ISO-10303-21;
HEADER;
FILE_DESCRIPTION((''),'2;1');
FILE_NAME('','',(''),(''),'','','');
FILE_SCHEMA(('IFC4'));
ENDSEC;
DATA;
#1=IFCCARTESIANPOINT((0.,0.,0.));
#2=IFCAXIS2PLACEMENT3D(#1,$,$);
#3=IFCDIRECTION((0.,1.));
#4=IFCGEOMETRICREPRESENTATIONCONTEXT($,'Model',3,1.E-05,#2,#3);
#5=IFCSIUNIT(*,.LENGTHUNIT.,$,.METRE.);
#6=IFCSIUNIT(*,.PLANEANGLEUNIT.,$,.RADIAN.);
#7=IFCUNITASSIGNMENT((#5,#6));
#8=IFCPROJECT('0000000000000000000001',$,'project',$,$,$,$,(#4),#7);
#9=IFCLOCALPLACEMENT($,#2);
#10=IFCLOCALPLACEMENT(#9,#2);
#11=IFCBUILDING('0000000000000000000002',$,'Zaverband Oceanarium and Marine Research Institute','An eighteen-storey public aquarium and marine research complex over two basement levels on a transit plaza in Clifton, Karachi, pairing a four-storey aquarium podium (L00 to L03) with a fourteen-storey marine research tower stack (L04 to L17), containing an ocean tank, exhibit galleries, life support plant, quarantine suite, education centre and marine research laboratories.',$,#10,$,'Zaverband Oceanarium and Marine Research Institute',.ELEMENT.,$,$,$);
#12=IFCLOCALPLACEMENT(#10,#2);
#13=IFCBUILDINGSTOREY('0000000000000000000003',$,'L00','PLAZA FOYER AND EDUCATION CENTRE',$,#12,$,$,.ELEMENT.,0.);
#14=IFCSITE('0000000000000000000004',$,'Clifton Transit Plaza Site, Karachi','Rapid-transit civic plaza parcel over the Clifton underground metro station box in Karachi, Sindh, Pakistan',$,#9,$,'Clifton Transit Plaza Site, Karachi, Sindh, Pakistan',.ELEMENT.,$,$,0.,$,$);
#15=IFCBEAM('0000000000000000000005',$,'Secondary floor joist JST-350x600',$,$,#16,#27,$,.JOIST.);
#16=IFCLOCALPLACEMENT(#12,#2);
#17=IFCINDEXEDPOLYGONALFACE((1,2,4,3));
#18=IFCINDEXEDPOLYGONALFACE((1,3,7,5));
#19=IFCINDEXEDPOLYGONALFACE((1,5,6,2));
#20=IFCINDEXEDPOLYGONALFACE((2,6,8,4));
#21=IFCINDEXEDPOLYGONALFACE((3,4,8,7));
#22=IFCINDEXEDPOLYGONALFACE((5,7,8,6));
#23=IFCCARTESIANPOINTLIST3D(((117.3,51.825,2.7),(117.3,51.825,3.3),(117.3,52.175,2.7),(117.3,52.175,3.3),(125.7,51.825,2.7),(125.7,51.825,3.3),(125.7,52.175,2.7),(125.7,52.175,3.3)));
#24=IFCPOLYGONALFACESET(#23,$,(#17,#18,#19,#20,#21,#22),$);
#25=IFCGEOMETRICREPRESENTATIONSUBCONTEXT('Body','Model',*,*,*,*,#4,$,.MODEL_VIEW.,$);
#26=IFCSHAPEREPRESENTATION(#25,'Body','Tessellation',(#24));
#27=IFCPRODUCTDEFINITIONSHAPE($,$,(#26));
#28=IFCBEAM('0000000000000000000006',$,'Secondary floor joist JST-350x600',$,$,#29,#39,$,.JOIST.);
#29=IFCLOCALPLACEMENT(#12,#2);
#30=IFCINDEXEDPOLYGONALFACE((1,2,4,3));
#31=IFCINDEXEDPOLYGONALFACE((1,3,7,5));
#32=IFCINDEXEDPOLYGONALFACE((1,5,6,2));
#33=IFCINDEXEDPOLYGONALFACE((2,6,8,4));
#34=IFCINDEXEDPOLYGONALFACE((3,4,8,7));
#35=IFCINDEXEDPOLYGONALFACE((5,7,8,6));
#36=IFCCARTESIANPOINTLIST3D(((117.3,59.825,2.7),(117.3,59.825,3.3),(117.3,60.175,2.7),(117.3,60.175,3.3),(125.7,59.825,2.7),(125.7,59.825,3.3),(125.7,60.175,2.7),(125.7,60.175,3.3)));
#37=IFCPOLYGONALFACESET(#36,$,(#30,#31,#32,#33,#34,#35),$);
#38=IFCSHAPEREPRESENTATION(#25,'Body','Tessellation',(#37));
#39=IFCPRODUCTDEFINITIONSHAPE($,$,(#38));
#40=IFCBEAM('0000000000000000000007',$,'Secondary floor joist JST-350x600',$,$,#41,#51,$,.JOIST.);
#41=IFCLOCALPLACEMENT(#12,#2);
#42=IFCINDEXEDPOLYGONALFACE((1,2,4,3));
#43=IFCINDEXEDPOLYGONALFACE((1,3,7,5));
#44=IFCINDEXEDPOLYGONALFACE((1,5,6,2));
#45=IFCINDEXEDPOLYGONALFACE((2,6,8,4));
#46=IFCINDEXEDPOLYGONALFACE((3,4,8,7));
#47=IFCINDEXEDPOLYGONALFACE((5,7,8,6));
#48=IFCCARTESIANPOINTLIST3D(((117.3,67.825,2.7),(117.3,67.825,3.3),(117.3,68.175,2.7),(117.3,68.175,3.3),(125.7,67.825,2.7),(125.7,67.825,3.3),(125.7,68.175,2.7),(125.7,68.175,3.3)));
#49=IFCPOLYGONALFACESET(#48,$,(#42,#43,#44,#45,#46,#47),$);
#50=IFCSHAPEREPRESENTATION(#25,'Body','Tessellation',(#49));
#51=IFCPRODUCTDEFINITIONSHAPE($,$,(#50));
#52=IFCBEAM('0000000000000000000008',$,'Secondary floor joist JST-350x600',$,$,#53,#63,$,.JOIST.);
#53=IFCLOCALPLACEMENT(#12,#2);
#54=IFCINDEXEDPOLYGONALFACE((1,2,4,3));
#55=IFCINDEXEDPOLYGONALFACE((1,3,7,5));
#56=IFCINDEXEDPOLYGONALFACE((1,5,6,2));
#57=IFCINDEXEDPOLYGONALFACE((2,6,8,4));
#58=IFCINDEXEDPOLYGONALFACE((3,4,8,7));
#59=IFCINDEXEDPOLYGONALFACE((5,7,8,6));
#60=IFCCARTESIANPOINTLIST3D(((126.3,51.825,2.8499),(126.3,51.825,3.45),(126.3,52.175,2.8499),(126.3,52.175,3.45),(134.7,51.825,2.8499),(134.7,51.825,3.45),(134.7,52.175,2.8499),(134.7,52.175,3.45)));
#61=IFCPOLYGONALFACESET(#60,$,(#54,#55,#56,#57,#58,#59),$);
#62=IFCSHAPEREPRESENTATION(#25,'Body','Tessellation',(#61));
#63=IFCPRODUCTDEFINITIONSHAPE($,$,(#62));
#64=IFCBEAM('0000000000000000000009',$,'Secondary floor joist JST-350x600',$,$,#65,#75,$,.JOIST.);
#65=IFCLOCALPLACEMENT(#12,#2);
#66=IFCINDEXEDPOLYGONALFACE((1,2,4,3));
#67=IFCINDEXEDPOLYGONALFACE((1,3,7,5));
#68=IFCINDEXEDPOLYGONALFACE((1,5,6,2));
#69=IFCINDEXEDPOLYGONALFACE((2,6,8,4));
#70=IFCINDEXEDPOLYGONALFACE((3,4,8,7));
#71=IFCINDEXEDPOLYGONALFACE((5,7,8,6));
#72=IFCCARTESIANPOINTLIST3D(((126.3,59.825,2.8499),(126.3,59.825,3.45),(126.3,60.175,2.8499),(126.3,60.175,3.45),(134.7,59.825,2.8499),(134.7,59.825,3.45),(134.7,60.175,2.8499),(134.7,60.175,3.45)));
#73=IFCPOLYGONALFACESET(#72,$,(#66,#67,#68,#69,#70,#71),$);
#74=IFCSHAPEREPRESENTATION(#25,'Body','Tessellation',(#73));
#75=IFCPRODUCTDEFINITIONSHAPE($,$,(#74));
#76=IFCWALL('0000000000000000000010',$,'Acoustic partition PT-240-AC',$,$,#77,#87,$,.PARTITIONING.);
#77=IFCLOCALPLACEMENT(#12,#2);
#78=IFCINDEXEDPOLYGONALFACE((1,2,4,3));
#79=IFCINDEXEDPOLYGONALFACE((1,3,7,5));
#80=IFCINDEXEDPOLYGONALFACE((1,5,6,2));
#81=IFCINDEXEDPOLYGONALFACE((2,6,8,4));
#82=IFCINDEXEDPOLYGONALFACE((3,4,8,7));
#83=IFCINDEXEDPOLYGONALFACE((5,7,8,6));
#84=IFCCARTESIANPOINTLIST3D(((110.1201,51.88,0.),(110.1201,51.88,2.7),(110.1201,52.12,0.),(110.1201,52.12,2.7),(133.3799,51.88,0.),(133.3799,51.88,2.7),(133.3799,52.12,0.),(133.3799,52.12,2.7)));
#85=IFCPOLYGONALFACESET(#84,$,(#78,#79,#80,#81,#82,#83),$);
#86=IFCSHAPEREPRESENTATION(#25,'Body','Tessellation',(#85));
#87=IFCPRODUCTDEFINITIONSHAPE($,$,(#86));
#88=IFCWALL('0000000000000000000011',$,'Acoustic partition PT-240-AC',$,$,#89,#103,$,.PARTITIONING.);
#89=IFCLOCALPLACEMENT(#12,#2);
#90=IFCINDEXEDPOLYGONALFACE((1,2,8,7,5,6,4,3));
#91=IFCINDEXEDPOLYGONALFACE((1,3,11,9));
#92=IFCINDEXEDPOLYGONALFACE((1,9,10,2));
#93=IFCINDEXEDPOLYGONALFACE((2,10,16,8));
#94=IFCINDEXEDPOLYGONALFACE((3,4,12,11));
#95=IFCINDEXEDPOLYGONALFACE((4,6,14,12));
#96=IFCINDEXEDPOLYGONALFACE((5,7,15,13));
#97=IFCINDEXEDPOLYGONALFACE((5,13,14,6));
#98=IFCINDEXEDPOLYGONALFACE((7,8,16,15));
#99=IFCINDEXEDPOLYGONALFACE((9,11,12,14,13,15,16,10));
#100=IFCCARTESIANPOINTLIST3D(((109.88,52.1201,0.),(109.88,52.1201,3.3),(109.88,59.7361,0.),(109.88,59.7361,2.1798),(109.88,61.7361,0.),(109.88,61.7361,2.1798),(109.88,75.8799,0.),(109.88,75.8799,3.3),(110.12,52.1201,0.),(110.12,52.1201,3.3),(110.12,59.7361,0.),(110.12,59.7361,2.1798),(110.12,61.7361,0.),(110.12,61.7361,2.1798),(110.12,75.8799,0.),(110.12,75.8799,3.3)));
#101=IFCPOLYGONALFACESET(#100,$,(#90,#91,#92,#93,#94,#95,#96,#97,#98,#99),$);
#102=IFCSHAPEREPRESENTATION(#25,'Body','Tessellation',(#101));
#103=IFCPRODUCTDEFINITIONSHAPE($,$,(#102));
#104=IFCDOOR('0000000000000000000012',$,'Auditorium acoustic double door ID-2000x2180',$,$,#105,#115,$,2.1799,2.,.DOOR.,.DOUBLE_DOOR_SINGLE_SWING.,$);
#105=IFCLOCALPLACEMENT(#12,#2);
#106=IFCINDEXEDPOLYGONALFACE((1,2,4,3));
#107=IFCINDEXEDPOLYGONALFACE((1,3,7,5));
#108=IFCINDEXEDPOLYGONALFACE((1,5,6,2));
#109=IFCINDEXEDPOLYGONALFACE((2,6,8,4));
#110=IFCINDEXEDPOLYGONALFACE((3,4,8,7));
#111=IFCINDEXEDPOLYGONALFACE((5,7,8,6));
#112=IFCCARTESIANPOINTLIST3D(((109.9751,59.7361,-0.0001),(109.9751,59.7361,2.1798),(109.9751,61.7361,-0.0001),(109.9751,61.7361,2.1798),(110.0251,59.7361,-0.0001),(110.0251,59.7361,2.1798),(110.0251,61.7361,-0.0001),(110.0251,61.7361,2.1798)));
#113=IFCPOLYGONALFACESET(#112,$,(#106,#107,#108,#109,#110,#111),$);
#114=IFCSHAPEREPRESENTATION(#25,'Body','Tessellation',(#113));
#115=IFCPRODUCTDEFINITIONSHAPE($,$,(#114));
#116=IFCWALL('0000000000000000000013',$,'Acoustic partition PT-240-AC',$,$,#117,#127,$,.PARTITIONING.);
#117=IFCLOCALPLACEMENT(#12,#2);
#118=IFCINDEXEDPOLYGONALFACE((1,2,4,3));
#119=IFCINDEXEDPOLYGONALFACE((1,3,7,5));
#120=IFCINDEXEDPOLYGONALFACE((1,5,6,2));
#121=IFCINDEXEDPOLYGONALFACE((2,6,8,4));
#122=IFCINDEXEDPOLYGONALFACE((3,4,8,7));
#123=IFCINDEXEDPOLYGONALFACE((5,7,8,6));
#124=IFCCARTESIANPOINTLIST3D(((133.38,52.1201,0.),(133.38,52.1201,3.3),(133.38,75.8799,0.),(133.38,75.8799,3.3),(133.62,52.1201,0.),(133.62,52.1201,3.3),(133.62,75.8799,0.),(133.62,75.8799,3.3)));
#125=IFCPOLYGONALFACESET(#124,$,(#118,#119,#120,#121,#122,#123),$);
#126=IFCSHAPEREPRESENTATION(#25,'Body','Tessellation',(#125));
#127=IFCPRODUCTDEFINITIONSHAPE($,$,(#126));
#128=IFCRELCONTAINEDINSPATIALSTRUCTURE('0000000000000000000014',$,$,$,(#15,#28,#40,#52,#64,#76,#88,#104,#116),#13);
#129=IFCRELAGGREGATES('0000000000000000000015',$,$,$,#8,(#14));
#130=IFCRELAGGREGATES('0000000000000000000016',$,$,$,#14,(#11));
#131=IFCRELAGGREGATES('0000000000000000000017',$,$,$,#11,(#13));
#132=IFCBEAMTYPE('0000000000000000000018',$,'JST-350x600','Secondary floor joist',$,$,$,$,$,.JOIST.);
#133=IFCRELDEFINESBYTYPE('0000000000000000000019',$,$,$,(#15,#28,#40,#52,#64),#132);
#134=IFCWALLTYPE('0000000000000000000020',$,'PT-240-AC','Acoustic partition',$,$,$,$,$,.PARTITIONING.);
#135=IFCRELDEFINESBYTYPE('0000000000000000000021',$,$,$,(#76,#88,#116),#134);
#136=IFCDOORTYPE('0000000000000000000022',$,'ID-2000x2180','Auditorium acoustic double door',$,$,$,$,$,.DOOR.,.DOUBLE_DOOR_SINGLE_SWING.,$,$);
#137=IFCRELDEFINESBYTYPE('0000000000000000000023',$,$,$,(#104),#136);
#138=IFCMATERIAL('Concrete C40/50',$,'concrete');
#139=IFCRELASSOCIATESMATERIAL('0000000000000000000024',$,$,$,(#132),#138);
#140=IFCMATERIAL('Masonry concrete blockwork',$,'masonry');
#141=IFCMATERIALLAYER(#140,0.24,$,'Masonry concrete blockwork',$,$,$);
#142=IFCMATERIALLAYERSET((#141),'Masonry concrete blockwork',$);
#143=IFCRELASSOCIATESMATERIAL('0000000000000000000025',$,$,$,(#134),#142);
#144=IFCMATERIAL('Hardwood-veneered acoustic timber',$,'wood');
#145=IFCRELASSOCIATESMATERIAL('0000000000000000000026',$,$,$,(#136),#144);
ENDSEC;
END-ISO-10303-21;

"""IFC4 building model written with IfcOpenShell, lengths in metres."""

from ifc_helpers import new_model, si_unit, direction, frame, frame_2d, origin, origin_2d, place, context, subcontext, project, spatial, rectangle, extrude, material, layer, layer_set, material_profile, profile_set, type_object, element, fill, save


model = new_model("IFC4")

# Units and contexts
model_context = context("Model", 3, precision=1e-05, world=origin(), true_north=direction((0.0, 1.0)))
body_context = subcontext(model_context, "Body", "Model", "MODEL_VIEW")
ifc_project = project(units=[si_unit("LENGTHUNIT", "METRE"), si_unit("PLANEANGLEUNIT", "RADIAN")], contexts=[model_context])

# Site, building, storey
site_placement = place(None, origin())
site = spatial("IfcSite", under=ifc_project, at=site_placement, Name="Clifton Transit Plaza Site, Karachi", Description="Rapid-transit civic plaza parcel over the Clifton underground metro station box in Karachi, Sindh, Pakistan", LongName="Clifton Transit Plaza Site, Karachi, Sindh, Pakistan", CompositionType="ELEMENT", RefElevation=0.0)
building_placement = place(site_placement, origin())
building = spatial("IfcBuilding", under=site, at=building_placement, Name="Zaverband Oceanarium and Marine Research Institute", Description="An eighteen-storey public aquarium and marine research complex over two basement levels on a transit plaza in Clifton, Karachi, pairing a four-storey aquarium podium (L00 to L03) with a fourteen-storey marine research tower stack (L04 to L17), containing an ocean tank, exhibit galleries, life support plant, quarantine suite, education centre and marine research laboratories.", LongName="Zaverband Oceanarium and Marine Research Institute", CompositionType="ELEMENT")
storey_placement = place(building_placement, origin())
storey = spatial("IfcBuildingStorey", under=building, at=storey_placement, Name="L00", Description="PLAZA FOYER AND EDUCATION CENTRE", CompositionType="ELEMENT", Elevation=0.0)

# Beams
ifc_material_1 = material(Name="Concrete C40/50", Category="concrete")
ifc_material_profile_1 = material_profile(ifc_material_1, rectangle(XDim=0.3501, YDim=0.6001, at=origin_2d()), Name="RC350x600")
ifc_profile_set_1 = profile_set([ifc_material_profile_1], Name="Concrete C40/50")
beam_type_1 = type_object("IfcBeamType", Name="JST-350x600", Description="Secondary floor joist", PredefinedType="JOIST", material=ifc_profile_set_1)
for number, where, z_axis, x_axis, name in (
    (1, (117.3, 52.0, 3.0), (1.0, 0.0, 0.0), (0.0, 1.0, 0.0), "Secondary floor joist JST-350x600"),
    (2, (117.3, 60.0, 3.0), (1.0, 0.0, 0.0), (0.0, 1.0, 0.0), "Secondary floor joist JST-350x600"),
    (3, (117.3, 68.0, 3.0), (1.0, 0.0, 0.0), (0.0, 1.0, 0.0), "Secondary floor joist JST-350x600"),
    (4, (126.3, 52.0, 3.1499), (1.0, 0.0, 0.0), (0.0, 1.0, 0.0), "Secondary floor joist JST-350x600"),
    (5, (126.3, 60.0, 3.1499), (1.0, 0.0, 0.0), (0.0, 1.0, 0.0), "Secondary floor joist JST-350x600"),
):
    element("IfcBeam", number, at=place(storey_placement, frame(where, z_axis=z_axis, x_axis=x_axis)), inside=storey, type_object=beam_type_1, Name=name, PredefinedType="JOIST", context=body_context, shape_type="SweptSolid", body=[
        extrude(rectangle(XDim=0.3501, YDim=0.6001, at=origin_2d()), origin(), (0.0, 0.0, 1.0), 8.3999),
    ])

# Wall
ifc_material_2 = material(Name="Masonry concrete blockwork", Category="masonry")
ifc_layer = layer(ifc_material_2, 0.24, Name="Masonry concrete blockwork")
ifc_layer_set = layer_set([ifc_layer], Name="Masonry concrete blockwork")
wall_type = type_object("IfcWallType", Name="PT-240-AC", Description="Acoustic partition", PredefinedType="PARTITIONING", material=ifc_layer_set)
wall_1_placement = place(storey_placement, frame((110.1201, 52.0, 0.0), z_axis=(0.0, 0.0, 1.0), x_axis=(1.0, 0.0, 0.0)))
element("IfcWall", 6, at=wall_1_placement, inside=storey, type_object=wall_type, Name="Acoustic partition PT-240-AC", PredefinedType="PARTITIONING", context=body_context, shape_type="SweptSolid", body=[
    extrude(rectangle(XDim=23.2598, YDim=0.24, at=frame_2d((11.6299, 0.0))), origin(), (0.0, 0.0, 1.0), 2.7),
])

# Wall, opening, door
wall_2_placement = place(storey_placement, frame((110.0, 52.1201, 0.0), z_axis=(0.0, 0.0, 1.0), x_axis=(0.0, 1.0, 0.0)))
wall_2 = element("IfcWall", 7, at=wall_2_placement, inside=storey, type_object=wall_type, Name="Acoustic partition PT-240-AC", PredefinedType="PARTITIONING", context=body_context, shape_type="SweptSolid", body=[
    extrude(rectangle(XDim=23.7598, YDim=0.24, at=frame_2d((11.8799, 0.0))), origin(), (0.0, 0.0, 1.0), 3.3),
])
opening_placement = place(wall_2_placement, frame((7.616, 0.0, 0.0)))
opening = element("IfcOpeningElement", 8, at=opening_placement, cuts=wall_2, PredefinedType="OPENING", context=body_context, shape_type="SweptSolid", body=[
    extrude(rectangle(XDim=2.0, YDim=2.1799, at=frame_2d((1.0, 1.0898))), frame((0.0, 0.1318, 0.0), z_axis=(0.0, -1.0, 0.0), x_axis=(1.0, 0.0, 0.0)), (0.0, 0.0, 1.0), 0.2639),
])
ifc_material_3 = material(Name="Hardwood-veneered acoustic timber", Category="wood")
door_type = type_object("IfcDoorType", Name="ID-2000x2180", Description="Auditorium acoustic double door", OperationType="DOUBLE_DOOR_SINGLE_SWING", PredefinedType="DOOR", material=ifc_material_3)
door_placement = place(opening_placement, origin())
door = element("IfcDoor", 9, at=door_placement, inside=storey, type_object=door_type, Name="Auditorium acoustic double door ID-2000x2180", OperationType="DOUBLE_DOOR_SINGLE_SWING", OverallHeight=2.1799, OverallWidth=2.0, PredefinedType="DOOR", context=body_context, shape_type="SweptSolid", body=[
    extrude(rectangle(XDim=2.0, YDim=2.1799, at=frame_2d((1.0, 1.0898))), frame((0.0, 0.0249, 0.0), z_axis=(0.0, -1.0, 0.0), x_axis=(1.0, 0.0, 0.0)), (0.0, 0.0, 1.0), 0.05),
])
fill(opening, door)

# Wall
wall_3_placement = place(storey_placement, frame((133.5, 52.1201, 0.0), z_axis=(0.0, 0.0, 1.0), x_axis=(0.0, 1.0, 0.0)))
element("IfcWall", 10, at=wall_3_placement, inside=storey, type_object=wall_type, Name="Acoustic partition PT-240-AC", PredefinedType="PARTITIONING", context=body_context, shape_type="SweptSolid", body=[
    extrude(rectangle(XDim=23.7598, YDim=0.24, at=frame_2d((11.8799, 0.0))), origin(), (0.0, 0.0, 1.0), 3.3),
])

save(model, "model.ifc")
